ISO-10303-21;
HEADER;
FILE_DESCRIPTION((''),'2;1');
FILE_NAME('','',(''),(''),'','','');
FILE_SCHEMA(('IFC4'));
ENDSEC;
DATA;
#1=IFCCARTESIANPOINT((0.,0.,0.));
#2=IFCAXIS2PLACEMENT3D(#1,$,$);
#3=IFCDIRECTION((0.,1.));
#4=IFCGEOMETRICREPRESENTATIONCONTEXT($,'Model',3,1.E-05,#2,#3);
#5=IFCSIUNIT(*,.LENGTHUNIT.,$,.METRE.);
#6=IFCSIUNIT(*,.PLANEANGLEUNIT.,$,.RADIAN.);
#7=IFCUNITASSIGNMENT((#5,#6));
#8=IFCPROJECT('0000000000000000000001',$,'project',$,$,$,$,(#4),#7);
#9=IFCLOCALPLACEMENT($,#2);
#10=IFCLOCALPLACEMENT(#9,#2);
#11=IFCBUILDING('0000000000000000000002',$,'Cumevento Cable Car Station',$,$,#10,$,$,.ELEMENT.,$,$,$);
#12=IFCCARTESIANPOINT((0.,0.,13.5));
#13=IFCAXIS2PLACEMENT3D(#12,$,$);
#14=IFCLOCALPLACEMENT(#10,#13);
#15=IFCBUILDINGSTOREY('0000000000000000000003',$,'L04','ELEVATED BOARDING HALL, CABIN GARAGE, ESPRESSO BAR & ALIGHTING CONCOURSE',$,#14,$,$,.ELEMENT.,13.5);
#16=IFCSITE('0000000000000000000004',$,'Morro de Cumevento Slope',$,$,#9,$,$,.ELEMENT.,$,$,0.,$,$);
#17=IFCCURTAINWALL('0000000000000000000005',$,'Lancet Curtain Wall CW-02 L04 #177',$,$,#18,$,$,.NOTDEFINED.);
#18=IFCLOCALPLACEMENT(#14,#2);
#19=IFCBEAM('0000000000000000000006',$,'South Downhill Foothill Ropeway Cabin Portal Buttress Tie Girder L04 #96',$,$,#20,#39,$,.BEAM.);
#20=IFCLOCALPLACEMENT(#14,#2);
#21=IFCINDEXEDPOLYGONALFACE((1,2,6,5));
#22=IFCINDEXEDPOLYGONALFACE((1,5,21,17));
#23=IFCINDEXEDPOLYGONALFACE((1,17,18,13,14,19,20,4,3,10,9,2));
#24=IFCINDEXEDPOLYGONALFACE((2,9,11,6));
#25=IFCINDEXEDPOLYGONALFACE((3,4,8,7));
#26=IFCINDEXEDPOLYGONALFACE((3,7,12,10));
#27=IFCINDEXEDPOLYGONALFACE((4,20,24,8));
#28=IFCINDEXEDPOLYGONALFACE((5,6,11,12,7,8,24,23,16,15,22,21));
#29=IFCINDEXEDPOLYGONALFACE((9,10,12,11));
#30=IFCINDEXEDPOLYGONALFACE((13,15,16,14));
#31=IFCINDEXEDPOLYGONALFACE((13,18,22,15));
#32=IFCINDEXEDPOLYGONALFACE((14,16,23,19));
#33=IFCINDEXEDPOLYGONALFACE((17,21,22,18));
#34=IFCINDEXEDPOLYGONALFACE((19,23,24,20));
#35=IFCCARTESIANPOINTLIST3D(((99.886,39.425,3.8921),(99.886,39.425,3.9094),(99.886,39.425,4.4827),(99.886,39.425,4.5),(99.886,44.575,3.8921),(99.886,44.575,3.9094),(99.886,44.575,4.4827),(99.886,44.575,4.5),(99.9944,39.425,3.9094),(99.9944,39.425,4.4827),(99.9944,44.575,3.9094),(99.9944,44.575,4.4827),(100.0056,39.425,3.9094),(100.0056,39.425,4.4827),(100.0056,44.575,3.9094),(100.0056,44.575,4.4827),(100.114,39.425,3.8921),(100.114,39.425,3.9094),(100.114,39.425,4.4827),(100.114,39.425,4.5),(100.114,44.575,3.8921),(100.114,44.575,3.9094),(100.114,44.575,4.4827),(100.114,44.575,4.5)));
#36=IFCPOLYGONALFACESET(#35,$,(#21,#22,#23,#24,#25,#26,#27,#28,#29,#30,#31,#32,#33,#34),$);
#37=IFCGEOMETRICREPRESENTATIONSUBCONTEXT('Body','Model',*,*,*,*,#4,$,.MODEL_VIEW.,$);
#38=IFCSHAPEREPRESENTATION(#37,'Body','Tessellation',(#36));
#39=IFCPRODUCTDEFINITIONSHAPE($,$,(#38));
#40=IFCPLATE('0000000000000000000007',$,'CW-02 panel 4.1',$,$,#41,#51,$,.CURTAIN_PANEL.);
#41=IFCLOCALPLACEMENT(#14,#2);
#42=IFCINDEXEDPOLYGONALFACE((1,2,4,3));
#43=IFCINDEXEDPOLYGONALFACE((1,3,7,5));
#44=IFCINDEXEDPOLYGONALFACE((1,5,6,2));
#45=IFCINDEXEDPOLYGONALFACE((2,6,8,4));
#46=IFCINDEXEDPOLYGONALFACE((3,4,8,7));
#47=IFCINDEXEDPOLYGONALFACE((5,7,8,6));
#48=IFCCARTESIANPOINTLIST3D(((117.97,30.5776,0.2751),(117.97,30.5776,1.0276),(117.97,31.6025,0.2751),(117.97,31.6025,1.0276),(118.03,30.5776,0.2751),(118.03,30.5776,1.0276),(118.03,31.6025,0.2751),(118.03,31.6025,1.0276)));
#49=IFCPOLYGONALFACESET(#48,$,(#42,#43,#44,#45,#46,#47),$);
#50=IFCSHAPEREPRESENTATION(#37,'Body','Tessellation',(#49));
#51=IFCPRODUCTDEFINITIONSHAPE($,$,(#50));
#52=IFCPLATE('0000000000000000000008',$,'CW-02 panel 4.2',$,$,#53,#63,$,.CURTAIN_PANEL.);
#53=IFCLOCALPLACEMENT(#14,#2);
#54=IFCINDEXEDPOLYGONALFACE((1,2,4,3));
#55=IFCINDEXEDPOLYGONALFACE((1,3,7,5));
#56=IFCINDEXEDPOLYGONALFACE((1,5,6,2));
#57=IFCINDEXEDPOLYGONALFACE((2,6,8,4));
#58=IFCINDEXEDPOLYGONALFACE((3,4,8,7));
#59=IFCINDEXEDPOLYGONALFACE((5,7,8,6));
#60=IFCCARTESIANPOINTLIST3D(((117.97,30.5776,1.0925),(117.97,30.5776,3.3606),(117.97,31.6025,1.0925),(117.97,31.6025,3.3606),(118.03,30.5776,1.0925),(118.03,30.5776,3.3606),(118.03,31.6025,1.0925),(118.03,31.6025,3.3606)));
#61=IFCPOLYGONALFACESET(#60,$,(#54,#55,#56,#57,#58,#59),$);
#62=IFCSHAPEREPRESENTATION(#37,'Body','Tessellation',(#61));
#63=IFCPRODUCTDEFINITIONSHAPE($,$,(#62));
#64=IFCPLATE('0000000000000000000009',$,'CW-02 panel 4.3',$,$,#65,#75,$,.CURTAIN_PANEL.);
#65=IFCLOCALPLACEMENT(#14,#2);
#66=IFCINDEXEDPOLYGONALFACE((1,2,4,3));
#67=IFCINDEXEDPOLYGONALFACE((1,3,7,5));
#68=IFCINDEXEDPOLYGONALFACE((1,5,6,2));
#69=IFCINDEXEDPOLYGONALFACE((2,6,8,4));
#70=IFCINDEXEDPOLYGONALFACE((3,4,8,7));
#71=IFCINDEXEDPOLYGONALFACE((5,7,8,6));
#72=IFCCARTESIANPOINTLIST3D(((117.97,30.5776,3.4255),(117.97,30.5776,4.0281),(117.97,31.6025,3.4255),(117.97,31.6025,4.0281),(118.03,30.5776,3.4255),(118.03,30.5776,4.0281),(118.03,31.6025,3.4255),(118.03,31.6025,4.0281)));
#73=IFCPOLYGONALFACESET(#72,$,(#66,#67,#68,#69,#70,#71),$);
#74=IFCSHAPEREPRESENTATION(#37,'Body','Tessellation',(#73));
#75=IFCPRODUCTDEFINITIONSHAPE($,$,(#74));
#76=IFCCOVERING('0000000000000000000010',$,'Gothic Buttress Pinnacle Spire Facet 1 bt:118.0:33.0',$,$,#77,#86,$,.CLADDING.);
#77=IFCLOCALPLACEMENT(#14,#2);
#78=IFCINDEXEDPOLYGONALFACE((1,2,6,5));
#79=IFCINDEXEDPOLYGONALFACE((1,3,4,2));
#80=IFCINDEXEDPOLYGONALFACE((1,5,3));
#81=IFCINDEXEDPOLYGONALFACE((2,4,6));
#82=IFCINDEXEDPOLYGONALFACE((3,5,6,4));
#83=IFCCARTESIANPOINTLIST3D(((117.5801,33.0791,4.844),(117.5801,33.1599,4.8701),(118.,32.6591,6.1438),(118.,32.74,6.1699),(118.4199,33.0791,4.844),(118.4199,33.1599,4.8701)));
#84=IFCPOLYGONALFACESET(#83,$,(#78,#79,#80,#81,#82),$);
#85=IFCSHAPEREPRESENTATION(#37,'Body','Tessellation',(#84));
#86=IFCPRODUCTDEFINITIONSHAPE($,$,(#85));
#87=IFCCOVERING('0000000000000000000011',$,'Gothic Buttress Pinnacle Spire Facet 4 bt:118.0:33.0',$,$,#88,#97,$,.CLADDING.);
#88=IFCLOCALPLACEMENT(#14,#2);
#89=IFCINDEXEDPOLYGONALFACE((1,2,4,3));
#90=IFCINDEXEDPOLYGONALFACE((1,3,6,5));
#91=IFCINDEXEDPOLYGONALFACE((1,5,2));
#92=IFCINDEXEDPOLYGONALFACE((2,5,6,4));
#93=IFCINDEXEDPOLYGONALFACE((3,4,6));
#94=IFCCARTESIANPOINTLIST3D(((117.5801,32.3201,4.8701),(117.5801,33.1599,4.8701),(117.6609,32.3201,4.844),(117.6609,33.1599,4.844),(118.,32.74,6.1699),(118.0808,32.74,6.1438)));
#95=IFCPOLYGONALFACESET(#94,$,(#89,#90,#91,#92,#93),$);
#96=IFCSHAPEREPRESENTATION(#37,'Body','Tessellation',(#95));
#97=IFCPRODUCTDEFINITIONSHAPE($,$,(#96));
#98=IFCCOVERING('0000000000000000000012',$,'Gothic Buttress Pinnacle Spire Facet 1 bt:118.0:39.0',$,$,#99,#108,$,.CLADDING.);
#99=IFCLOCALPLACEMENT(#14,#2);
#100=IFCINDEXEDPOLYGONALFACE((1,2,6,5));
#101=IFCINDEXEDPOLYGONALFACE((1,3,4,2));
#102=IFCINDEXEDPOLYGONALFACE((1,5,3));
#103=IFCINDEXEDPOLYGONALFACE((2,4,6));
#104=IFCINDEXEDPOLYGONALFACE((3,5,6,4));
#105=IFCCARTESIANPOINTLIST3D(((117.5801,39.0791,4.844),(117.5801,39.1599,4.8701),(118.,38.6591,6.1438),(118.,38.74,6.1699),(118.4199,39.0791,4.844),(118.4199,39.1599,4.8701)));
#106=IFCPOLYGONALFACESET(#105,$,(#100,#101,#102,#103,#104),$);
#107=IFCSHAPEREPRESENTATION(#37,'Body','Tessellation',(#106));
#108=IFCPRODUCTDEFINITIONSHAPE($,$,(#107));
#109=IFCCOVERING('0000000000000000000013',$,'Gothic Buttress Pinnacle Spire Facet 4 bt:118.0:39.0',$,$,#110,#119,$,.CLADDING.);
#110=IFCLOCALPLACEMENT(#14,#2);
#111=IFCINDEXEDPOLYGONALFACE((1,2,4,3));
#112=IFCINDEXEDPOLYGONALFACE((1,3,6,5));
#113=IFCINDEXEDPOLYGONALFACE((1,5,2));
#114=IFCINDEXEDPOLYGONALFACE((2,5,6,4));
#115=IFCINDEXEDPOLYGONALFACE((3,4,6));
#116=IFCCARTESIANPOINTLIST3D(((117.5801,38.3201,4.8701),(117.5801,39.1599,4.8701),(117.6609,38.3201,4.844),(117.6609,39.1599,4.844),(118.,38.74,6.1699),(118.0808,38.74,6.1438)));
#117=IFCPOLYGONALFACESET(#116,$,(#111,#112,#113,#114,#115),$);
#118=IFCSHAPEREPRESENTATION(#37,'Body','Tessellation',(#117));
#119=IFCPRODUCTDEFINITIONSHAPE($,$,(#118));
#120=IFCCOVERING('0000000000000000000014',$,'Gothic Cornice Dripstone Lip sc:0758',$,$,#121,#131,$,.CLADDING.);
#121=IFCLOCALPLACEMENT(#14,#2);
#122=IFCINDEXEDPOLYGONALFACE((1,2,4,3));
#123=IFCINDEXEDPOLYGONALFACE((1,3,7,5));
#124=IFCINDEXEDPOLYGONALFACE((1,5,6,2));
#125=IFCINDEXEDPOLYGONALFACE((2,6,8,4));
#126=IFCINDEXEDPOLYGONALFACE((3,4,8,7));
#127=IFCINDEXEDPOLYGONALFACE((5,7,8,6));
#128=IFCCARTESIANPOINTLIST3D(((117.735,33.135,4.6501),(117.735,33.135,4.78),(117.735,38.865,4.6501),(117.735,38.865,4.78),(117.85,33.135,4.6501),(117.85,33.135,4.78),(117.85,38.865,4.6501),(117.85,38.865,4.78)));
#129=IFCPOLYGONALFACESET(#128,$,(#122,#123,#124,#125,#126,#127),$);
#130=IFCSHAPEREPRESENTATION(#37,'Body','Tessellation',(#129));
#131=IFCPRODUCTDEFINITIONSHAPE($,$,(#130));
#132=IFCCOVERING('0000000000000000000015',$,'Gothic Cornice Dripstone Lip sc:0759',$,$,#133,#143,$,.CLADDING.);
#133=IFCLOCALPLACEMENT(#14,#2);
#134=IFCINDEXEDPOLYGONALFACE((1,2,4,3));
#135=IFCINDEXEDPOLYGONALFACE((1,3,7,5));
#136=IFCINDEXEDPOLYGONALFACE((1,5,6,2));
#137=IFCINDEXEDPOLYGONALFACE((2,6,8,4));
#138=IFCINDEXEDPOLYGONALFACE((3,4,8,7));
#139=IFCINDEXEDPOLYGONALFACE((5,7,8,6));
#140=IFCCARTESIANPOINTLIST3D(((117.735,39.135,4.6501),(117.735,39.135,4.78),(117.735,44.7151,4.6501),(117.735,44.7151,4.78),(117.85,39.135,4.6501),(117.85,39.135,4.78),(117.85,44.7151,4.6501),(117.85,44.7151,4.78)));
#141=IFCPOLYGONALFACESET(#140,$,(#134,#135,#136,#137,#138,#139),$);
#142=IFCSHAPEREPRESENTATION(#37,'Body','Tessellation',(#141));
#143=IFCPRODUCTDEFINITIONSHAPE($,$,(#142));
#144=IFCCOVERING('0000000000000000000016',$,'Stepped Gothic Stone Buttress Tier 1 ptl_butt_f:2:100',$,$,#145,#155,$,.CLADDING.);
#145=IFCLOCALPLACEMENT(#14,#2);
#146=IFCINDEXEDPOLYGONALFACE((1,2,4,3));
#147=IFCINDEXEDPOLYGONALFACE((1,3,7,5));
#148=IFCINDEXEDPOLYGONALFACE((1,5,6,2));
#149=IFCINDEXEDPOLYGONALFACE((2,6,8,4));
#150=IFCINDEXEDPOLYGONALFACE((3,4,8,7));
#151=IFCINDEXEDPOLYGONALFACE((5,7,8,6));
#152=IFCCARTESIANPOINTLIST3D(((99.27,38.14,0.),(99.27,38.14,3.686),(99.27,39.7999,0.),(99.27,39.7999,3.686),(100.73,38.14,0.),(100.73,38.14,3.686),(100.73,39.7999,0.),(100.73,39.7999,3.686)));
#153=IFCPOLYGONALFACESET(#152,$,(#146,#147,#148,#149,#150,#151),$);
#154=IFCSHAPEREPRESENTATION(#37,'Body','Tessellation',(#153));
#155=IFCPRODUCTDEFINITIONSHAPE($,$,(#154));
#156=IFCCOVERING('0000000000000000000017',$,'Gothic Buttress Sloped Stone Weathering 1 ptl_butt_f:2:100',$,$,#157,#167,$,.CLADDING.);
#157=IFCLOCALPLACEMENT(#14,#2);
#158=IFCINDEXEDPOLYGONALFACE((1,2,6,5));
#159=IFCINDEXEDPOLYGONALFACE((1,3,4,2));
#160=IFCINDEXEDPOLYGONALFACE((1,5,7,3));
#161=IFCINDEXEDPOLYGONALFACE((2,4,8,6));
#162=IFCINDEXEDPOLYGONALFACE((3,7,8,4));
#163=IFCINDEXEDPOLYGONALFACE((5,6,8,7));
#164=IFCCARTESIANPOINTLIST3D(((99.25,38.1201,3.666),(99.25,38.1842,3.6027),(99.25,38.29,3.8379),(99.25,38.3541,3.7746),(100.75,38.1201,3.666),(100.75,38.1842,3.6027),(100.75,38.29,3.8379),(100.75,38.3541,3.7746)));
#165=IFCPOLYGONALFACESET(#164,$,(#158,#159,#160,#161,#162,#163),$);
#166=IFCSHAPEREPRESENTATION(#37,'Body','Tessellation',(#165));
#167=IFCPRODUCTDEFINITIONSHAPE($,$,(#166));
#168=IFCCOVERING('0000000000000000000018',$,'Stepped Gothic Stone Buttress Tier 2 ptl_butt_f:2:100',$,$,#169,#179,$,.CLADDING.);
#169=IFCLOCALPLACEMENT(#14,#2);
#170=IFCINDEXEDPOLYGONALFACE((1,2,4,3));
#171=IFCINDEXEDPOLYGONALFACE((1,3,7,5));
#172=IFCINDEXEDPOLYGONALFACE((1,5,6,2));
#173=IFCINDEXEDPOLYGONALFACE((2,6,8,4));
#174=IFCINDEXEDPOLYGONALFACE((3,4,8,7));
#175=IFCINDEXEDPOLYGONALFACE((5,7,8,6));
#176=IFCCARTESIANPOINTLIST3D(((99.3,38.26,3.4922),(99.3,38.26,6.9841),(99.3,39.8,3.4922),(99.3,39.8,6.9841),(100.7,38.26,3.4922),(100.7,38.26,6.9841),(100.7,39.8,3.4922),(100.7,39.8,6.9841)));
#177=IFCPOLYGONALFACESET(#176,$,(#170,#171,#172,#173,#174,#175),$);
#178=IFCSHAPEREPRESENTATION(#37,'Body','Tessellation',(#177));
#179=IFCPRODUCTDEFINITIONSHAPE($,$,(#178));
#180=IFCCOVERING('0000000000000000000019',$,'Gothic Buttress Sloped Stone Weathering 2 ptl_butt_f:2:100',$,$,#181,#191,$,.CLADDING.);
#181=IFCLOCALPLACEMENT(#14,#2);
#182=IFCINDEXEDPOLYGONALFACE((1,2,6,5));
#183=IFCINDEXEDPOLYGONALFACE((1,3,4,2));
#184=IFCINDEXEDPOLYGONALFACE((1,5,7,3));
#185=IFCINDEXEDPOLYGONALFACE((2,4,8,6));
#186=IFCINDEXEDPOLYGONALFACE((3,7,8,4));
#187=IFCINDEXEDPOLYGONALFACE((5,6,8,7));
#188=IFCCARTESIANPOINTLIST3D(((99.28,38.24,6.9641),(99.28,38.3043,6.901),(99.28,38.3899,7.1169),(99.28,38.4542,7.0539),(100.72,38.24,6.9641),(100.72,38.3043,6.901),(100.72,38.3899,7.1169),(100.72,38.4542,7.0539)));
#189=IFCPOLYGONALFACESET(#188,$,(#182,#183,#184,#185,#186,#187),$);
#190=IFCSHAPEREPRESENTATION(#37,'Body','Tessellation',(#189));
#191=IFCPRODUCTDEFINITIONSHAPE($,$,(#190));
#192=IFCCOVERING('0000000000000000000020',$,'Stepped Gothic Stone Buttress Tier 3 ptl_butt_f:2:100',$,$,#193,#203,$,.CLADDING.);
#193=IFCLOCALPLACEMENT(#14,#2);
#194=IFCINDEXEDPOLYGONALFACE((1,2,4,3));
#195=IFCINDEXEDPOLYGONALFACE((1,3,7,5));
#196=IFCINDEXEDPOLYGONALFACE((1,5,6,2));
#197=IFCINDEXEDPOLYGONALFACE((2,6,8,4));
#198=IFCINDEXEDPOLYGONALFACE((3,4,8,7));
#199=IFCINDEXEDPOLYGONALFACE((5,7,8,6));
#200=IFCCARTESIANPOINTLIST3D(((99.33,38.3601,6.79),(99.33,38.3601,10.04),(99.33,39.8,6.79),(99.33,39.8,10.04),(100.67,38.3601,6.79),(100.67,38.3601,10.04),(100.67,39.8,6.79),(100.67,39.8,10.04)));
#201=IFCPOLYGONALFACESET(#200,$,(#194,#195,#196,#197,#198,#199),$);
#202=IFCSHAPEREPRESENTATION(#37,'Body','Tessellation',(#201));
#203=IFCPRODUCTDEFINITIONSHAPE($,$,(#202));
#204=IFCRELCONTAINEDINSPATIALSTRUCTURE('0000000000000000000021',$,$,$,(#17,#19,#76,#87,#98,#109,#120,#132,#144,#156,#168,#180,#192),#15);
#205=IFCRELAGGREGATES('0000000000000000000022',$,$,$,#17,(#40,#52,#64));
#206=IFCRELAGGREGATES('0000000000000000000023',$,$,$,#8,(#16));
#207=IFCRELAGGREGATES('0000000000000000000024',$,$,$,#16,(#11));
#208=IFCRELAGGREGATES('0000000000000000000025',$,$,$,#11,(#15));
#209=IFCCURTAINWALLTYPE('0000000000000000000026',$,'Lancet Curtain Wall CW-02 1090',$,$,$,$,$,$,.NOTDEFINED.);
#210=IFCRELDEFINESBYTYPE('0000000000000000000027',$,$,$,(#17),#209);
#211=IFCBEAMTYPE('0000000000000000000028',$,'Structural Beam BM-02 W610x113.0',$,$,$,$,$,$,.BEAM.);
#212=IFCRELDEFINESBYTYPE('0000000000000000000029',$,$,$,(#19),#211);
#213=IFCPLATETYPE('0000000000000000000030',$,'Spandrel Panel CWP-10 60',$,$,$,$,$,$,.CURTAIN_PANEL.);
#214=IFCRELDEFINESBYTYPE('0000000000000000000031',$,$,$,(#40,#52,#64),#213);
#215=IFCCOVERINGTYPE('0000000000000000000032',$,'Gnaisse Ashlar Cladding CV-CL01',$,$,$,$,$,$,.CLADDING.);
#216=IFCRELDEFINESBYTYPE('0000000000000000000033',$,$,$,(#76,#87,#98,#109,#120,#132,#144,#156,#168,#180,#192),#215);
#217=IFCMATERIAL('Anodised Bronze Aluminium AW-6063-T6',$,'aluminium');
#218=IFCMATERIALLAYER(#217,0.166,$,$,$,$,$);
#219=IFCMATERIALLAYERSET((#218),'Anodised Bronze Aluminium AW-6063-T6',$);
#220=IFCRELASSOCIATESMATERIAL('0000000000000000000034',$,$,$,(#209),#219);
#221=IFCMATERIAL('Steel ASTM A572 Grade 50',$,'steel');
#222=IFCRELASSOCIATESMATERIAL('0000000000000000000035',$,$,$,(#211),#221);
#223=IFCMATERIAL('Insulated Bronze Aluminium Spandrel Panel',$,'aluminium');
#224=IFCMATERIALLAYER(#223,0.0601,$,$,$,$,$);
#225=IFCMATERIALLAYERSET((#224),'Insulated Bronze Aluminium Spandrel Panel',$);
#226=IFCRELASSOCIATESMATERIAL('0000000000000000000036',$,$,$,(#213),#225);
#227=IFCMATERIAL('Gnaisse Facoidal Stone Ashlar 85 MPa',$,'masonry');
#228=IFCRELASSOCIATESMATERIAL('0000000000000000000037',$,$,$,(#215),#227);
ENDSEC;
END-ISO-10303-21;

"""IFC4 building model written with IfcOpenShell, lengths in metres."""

from ifc_helpers import new_model, si_unit, direction, frame, origin, origin_2d, place, context, subcontext, project, spatial, polyline, rectangle, i_section, outline, extrude, material, layer, layer_set, material_profile, profile_set, type_object, element, aggregate, save


model = new_model("IFC4")

# Units and contexts
model_context = context("Model", 3, precision=1e-05, world=origin(), true_north=direction((0.0, 1.0)))
body_context = subcontext(model_context, "Body", "Model", "MODEL_VIEW")
ifc_project = project(units=[si_unit("LENGTHUNIT", "METRE"), si_unit("PLANEANGLEUNIT", "RADIAN")], contexts=[model_context])

# Site, building, storey
site_placement = place(None, origin())
site = spatial("IfcSite", under=ifc_project, at=site_placement, Name="Morro de Cumevento Slope", CompositionType="ELEMENT", RefElevation=0.0)
building_placement = place(site_placement, origin())
building = spatial("IfcBuilding", under=site, at=building_placement, Name="Cumevento Cable Car Station", CompositionType="ELEMENT")
storey_placement = place(building_placement, frame((0.0, 0.0, 13.5)))
storey = spatial("IfcBuildingStorey", under=building, at=storey_placement, Name="L04", Description="ELEVATED BOARDING HALL, CABIN GARAGE, ESPRESSO BAR & ALIGHTING CONCOURSE", CompositionType="ELEMENT", Elevation=13.5)

# Curtain wall
ifc_material_1 = material(Name="Anodised Bronze Aluminium AW-6063-T6", Category="aluminium")
ifc_layer_1 = layer(ifc_material_1, 0.166)
ifc_layer_set_1 = layer_set([ifc_layer_1], Name="Anodised Bronze Aluminium AW-6063-T6")
curtain_wall_type = type_object("IfcCurtainWallType", Name="Lancet Curtain Wall CW-02 1090", PredefinedType="NOTDEFINED", material=ifc_layer_set_1)
curtain_wall_placement = place(storey_placement, origin())
curtain_wall = element("IfcCurtainWall", 1, at=curtain_wall_placement, inside=storey, type_object=curtain_wall_type, Name="Lancet Curtain Wall CW-02 L04 #177", PredefinedType="NOTDEFINED")

# Beam
ifc_material_2 = material(Name="Steel ASTM A572 Grade 50", Category="steel")
ifc_material_profile_1 = material_profile(ifc_material_2, i_section(OverallWidth=0.228, OverallDepth=0.6079, WebThickness=0.0112, FlangeThickness=0.0173, at=origin_2d()), Name="W610x113.0")
ifc_profile_set_1 = profile_set([ifc_material_profile_1], Name="Steel ASTM A572 Grade 50")
beam_type = type_object("IfcBeamType", Name="Structural Beam BM-02 W610x113.0", PredefinedType="BEAM", material=ifc_profile_set_1)
beam_placement = place(storey_placement, frame((100.0, 39.425, 4.196), z_axis=(0.0, 1.0, 0.0), x_axis=(-1.0, 0.0, 0.0)))
element("IfcBeam", 2, at=beam_placement, inside=storey, type_object=beam_type, Name="South Downhill Foothill Ropeway Cabin Portal Buttress Tie Girder L04 #96", PredefinedType="BEAM", context=body_context, shape_type="SweptSolid", body=[
    extrude(i_section(OverallWidth=0.228, OverallDepth=0.6079, WebThickness=0.0112, FlangeThickness=0.0173, at=origin_2d()), origin(), (0.0, 0.0, 1.0), 5.1499),
])

# Plates
ifc_material_3 = material(Name="Insulated Bronze Aluminium Spandrel Panel", Category="aluminium")
ifc_layer_2 = layer(ifc_material_3, 0.0601)
ifc_layer_set_2 = layer_set([ifc_layer_2], Name="Insulated Bronze Aluminium Spandrel Panel")
plate_type = type_object("IfcPlateType", Name="Spandrel Panel CWP-10 60", PredefinedType="CURTAIN_PANEL", material=ifc_layer_set_2)
plate_1_placement = place(storey_placement, frame((118.0, 31.0901, 0.2751), z_axis=(0.0, 0.0, 1.0), x_axis=(0.0, 1.0, 0.0)))
plate_1 = element("IfcPlate", 3, at=plate_1_placement, type_object=plate_type, Name="CW-02 panel 4.1", PredefinedType="CURTAIN_PANEL", context=body_context, shape_type="SweptSolid", body=[
    extrude(rectangle(XDim=1.0249, YDim=0.0601, at=origin_2d()), origin(), (0.0, 0.0, 1.0), 0.7524),
])
plate_2_placement = place(storey_placement, frame((118.0, 31.0901, 1.0925), z_axis=(0.0, 0.0, 1.0), x_axis=(0.0, 1.0, 0.0)))
plate_2 = element("IfcPlate", 4, at=plate_2_placement, type_object=plate_type, Name="CW-02 panel 4.2", PredefinedType="CURTAIN_PANEL", context=body_context, shape_type="SweptSolid", body=[
    extrude(rectangle(XDim=1.0249, YDim=0.0601, at=origin_2d()), origin(), (0.0, 0.0, 1.0), 2.2681),
])
plate_3_placement = place(storey_placement, frame((118.0, 31.0901, 3.4255), z_axis=(0.0, 0.0, 1.0), x_axis=(0.0, 1.0, 0.0)))
plate_3 = element("IfcPlate", 5, at=plate_3_placement, type_object=plate_type, Name="CW-02 panel 4.3", PredefinedType="CURTAIN_PANEL", context=body_context, shape_type="SweptSolid", body=[
    extrude(rectangle(XDim=1.0249, YDim=0.0601, at=origin_2d()), origin(), (0.0, 0.0, 1.0), 0.6025),
])
aggregate(curtain_wall, [plate_1, plate_2, plate_3])

# Coverings
ifc_material_4 = material(Name="Gnaisse Facoidal Stone Ashlar 85 MPa", Category="masonry")
covering_type = type_object("IfcCoveringType", Name="Gnaisse Ashlar Cladding CV-CL01", PredefinedType="CLADDING", material=ifc_material_4)
for number, where, z_axis, x_axis, name in (
    (6, (117.5801, 33.1599, 4.8701), (0.0, 0.951574, 0.307421), (1.0, 0.0, 0.0), "Gothic Buttress Pinnacle Spire Facet 1 bt:118.0:33.0"),
    (7, (117.5801, 32.3201, 4.8701), (-0.951574, 0.0, 0.307421), (0.0, 1.0, 0.0), "Gothic Buttress Pinnacle Spire Facet 4 bt:118.0:33.0"),
    (8, (117.5801, 39.1599, 4.8701), (0.0, 0.951574, 0.307421), (1.0, 0.0, 0.0), "Gothic Buttress Pinnacle Spire Facet 1 bt:118.0:39.0"),
    (9, (117.5801, 38.3201, 4.8701), (-0.951574, 0.0, 0.307421), (0.0, 1.0, 0.0), "Gothic Buttress Pinnacle Spire Facet 4 bt:118.0:39.0"),
):
    element("IfcCovering", number, at=place(storey_placement, frame(where, z_axis=z_axis, x_axis=x_axis)), inside=storey, type_object=covering_type, Name=name, PredefinedType="CLADDING", context=body_context, shape_type="SweptSolid", body=[
        extrude(outline(polyline([(0.0, 0.0), (0.8398, 0.0), (0.4199, -1.366), (0.0, 0.0)])), origin(), (0.0, 0.0, -1.0), 0.085),
    ])
covering_1_placement = place(storey_placement, frame((117.7925, 36.0, 4.6501), z_axis=(0.0, 0.0, 1.0), x_axis=(0.0, 1.0, 0.0)))
element("IfcCovering", 10, at=covering_1_placement, inside=storey, type_object=covering_type, Name="Gothic Cornice Dripstone Lip sc:0758", PredefinedType="CLADDING", context=body_context, shape_type="SweptSolid", body=[
    extrude(rectangle(XDim=5.73, YDim=0.115, at=origin_2d()), origin(), (0.0, 0.0, 1.0), 0.1299),
])
covering_2_placement = place(storey_placement, frame((117.7925, 41.925, 4.6501), z_axis=(0.0, 0.0, 1.0), x_axis=(0.0, 1.0, 0.0)))
element("IfcCovering", 11, at=covering_2_placement, inside=storey, type_object=covering_type, Name="Gothic Cornice Dripstone Lip sc:0759", PredefinedType="CLADDING", context=body_context, shape_type="SweptSolid", body=[
    extrude(rectangle(XDim=5.5801, YDim=0.115, at=origin_2d()), origin(), (0.0, 0.0, 1.0), 0.1299),
])
covering_3_placement = place(storey_placement, frame((100.0, 38.97, 0.0), z_axis=(0.0, 0.0, 1.0), x_axis=(1.0, 0.0, 0.0)))
element("IfcCovering", 12, at=covering_3_placement, inside=storey, type_object=covering_type, Name="Stepped Gothic Stone Buttress Tier 1 ptl_butt_f:2:100", PredefinedType="CLADDING", context=body_context, shape_type="SweptSolid", body=[
    extrude(rectangle(XDim=1.46, YDim=1.6599, at=origin_2d()), origin(), (0.0, 0.0, 1.0), 3.686),
])
covering_4_placement = place(storey_placement, frame((99.25, 38.1201, 3.666), z_axis=(0.0, -0.711136, 0.703055), x_axis=(1.0, 0.0, 0.0)))
element("IfcCovering", 13, at=covering_4_placement, inside=storey, type_object=covering_type, Name="Gothic Buttress Sloped Stone Weathering 1 ptl_butt_f:2:100", PredefinedType="CLADDING", context=body_context, shape_type="SweptSolid", body=[
    extrude(outline(polyline([(0.0, 0.0), (1.5, 0.0), (1.5, 0.2417), (0.0, 0.2417), (0.0, 0.0)])), origin(), (0.0, 0.0, -1.0), 0.0901),
])
covering_5_placement = place(storey_placement, frame((100.0, 39.03, 3.4922), z_axis=(0.0, 0.0, 1.0), x_axis=(1.0, 0.0, 0.0)))
element("IfcCovering", 14, at=covering_5_placement, inside=storey, type_object=covering_type, Name="Stepped Gothic Stone Buttress Tier 2 ptl_butt_f:2:100", PredefinedType="CLADDING", context=body_context, shape_type="SweptSolid", body=[
    extrude(rectangle(XDim=1.3999, YDim=1.54, at=origin_2d()), origin(), (0.0, 0.0, 1.0), 3.4919),
])
covering_6_placement = place(storey_placement, frame((99.28, 38.24, 6.9641), z_axis=(0.0, -0.713916, 0.700231), x_axis=(1.0, 0.0, 0.0)))
element("IfcCovering", 15, at=covering_6_placement, inside=storey, type_object=covering_type, Name="Gothic Buttress Sloped Stone Weathering 2 ptl_butt_f:2:100", PredefinedType="CLADDING", context=body_context, shape_type="SweptSolid", body=[
    extrude(outline(polyline([(0.0, 0.0), (1.4399, 0.0), (1.4399, 0.2141), (0.0, 0.2141), (0.0, 0.0)])), origin(), (0.0, 0.0, -1.0), 0.0901),
])
covering_7_placement = place(storey_placement, frame((100.0, 39.0801, 6.79), z_axis=(0.0, 0.0, 1.0), x_axis=(1.0, 0.0, 0.0)))
element("IfcCovering", 16, at=covering_7_placement, inside=storey, type_object=covering_type, Name="Stepped Gothic Stone Buttress Tier 3 ptl_butt_f:2:100", PredefinedType="CLADDING", context=body_context, shape_type="SweptSolid", body=[
    extrude(rectangle(XDim=1.3401, YDim=1.4399, at=origin_2d()), origin(), (0.0, 0.0, 1.0), 3.25),
])

save(model, "model.ifc")
